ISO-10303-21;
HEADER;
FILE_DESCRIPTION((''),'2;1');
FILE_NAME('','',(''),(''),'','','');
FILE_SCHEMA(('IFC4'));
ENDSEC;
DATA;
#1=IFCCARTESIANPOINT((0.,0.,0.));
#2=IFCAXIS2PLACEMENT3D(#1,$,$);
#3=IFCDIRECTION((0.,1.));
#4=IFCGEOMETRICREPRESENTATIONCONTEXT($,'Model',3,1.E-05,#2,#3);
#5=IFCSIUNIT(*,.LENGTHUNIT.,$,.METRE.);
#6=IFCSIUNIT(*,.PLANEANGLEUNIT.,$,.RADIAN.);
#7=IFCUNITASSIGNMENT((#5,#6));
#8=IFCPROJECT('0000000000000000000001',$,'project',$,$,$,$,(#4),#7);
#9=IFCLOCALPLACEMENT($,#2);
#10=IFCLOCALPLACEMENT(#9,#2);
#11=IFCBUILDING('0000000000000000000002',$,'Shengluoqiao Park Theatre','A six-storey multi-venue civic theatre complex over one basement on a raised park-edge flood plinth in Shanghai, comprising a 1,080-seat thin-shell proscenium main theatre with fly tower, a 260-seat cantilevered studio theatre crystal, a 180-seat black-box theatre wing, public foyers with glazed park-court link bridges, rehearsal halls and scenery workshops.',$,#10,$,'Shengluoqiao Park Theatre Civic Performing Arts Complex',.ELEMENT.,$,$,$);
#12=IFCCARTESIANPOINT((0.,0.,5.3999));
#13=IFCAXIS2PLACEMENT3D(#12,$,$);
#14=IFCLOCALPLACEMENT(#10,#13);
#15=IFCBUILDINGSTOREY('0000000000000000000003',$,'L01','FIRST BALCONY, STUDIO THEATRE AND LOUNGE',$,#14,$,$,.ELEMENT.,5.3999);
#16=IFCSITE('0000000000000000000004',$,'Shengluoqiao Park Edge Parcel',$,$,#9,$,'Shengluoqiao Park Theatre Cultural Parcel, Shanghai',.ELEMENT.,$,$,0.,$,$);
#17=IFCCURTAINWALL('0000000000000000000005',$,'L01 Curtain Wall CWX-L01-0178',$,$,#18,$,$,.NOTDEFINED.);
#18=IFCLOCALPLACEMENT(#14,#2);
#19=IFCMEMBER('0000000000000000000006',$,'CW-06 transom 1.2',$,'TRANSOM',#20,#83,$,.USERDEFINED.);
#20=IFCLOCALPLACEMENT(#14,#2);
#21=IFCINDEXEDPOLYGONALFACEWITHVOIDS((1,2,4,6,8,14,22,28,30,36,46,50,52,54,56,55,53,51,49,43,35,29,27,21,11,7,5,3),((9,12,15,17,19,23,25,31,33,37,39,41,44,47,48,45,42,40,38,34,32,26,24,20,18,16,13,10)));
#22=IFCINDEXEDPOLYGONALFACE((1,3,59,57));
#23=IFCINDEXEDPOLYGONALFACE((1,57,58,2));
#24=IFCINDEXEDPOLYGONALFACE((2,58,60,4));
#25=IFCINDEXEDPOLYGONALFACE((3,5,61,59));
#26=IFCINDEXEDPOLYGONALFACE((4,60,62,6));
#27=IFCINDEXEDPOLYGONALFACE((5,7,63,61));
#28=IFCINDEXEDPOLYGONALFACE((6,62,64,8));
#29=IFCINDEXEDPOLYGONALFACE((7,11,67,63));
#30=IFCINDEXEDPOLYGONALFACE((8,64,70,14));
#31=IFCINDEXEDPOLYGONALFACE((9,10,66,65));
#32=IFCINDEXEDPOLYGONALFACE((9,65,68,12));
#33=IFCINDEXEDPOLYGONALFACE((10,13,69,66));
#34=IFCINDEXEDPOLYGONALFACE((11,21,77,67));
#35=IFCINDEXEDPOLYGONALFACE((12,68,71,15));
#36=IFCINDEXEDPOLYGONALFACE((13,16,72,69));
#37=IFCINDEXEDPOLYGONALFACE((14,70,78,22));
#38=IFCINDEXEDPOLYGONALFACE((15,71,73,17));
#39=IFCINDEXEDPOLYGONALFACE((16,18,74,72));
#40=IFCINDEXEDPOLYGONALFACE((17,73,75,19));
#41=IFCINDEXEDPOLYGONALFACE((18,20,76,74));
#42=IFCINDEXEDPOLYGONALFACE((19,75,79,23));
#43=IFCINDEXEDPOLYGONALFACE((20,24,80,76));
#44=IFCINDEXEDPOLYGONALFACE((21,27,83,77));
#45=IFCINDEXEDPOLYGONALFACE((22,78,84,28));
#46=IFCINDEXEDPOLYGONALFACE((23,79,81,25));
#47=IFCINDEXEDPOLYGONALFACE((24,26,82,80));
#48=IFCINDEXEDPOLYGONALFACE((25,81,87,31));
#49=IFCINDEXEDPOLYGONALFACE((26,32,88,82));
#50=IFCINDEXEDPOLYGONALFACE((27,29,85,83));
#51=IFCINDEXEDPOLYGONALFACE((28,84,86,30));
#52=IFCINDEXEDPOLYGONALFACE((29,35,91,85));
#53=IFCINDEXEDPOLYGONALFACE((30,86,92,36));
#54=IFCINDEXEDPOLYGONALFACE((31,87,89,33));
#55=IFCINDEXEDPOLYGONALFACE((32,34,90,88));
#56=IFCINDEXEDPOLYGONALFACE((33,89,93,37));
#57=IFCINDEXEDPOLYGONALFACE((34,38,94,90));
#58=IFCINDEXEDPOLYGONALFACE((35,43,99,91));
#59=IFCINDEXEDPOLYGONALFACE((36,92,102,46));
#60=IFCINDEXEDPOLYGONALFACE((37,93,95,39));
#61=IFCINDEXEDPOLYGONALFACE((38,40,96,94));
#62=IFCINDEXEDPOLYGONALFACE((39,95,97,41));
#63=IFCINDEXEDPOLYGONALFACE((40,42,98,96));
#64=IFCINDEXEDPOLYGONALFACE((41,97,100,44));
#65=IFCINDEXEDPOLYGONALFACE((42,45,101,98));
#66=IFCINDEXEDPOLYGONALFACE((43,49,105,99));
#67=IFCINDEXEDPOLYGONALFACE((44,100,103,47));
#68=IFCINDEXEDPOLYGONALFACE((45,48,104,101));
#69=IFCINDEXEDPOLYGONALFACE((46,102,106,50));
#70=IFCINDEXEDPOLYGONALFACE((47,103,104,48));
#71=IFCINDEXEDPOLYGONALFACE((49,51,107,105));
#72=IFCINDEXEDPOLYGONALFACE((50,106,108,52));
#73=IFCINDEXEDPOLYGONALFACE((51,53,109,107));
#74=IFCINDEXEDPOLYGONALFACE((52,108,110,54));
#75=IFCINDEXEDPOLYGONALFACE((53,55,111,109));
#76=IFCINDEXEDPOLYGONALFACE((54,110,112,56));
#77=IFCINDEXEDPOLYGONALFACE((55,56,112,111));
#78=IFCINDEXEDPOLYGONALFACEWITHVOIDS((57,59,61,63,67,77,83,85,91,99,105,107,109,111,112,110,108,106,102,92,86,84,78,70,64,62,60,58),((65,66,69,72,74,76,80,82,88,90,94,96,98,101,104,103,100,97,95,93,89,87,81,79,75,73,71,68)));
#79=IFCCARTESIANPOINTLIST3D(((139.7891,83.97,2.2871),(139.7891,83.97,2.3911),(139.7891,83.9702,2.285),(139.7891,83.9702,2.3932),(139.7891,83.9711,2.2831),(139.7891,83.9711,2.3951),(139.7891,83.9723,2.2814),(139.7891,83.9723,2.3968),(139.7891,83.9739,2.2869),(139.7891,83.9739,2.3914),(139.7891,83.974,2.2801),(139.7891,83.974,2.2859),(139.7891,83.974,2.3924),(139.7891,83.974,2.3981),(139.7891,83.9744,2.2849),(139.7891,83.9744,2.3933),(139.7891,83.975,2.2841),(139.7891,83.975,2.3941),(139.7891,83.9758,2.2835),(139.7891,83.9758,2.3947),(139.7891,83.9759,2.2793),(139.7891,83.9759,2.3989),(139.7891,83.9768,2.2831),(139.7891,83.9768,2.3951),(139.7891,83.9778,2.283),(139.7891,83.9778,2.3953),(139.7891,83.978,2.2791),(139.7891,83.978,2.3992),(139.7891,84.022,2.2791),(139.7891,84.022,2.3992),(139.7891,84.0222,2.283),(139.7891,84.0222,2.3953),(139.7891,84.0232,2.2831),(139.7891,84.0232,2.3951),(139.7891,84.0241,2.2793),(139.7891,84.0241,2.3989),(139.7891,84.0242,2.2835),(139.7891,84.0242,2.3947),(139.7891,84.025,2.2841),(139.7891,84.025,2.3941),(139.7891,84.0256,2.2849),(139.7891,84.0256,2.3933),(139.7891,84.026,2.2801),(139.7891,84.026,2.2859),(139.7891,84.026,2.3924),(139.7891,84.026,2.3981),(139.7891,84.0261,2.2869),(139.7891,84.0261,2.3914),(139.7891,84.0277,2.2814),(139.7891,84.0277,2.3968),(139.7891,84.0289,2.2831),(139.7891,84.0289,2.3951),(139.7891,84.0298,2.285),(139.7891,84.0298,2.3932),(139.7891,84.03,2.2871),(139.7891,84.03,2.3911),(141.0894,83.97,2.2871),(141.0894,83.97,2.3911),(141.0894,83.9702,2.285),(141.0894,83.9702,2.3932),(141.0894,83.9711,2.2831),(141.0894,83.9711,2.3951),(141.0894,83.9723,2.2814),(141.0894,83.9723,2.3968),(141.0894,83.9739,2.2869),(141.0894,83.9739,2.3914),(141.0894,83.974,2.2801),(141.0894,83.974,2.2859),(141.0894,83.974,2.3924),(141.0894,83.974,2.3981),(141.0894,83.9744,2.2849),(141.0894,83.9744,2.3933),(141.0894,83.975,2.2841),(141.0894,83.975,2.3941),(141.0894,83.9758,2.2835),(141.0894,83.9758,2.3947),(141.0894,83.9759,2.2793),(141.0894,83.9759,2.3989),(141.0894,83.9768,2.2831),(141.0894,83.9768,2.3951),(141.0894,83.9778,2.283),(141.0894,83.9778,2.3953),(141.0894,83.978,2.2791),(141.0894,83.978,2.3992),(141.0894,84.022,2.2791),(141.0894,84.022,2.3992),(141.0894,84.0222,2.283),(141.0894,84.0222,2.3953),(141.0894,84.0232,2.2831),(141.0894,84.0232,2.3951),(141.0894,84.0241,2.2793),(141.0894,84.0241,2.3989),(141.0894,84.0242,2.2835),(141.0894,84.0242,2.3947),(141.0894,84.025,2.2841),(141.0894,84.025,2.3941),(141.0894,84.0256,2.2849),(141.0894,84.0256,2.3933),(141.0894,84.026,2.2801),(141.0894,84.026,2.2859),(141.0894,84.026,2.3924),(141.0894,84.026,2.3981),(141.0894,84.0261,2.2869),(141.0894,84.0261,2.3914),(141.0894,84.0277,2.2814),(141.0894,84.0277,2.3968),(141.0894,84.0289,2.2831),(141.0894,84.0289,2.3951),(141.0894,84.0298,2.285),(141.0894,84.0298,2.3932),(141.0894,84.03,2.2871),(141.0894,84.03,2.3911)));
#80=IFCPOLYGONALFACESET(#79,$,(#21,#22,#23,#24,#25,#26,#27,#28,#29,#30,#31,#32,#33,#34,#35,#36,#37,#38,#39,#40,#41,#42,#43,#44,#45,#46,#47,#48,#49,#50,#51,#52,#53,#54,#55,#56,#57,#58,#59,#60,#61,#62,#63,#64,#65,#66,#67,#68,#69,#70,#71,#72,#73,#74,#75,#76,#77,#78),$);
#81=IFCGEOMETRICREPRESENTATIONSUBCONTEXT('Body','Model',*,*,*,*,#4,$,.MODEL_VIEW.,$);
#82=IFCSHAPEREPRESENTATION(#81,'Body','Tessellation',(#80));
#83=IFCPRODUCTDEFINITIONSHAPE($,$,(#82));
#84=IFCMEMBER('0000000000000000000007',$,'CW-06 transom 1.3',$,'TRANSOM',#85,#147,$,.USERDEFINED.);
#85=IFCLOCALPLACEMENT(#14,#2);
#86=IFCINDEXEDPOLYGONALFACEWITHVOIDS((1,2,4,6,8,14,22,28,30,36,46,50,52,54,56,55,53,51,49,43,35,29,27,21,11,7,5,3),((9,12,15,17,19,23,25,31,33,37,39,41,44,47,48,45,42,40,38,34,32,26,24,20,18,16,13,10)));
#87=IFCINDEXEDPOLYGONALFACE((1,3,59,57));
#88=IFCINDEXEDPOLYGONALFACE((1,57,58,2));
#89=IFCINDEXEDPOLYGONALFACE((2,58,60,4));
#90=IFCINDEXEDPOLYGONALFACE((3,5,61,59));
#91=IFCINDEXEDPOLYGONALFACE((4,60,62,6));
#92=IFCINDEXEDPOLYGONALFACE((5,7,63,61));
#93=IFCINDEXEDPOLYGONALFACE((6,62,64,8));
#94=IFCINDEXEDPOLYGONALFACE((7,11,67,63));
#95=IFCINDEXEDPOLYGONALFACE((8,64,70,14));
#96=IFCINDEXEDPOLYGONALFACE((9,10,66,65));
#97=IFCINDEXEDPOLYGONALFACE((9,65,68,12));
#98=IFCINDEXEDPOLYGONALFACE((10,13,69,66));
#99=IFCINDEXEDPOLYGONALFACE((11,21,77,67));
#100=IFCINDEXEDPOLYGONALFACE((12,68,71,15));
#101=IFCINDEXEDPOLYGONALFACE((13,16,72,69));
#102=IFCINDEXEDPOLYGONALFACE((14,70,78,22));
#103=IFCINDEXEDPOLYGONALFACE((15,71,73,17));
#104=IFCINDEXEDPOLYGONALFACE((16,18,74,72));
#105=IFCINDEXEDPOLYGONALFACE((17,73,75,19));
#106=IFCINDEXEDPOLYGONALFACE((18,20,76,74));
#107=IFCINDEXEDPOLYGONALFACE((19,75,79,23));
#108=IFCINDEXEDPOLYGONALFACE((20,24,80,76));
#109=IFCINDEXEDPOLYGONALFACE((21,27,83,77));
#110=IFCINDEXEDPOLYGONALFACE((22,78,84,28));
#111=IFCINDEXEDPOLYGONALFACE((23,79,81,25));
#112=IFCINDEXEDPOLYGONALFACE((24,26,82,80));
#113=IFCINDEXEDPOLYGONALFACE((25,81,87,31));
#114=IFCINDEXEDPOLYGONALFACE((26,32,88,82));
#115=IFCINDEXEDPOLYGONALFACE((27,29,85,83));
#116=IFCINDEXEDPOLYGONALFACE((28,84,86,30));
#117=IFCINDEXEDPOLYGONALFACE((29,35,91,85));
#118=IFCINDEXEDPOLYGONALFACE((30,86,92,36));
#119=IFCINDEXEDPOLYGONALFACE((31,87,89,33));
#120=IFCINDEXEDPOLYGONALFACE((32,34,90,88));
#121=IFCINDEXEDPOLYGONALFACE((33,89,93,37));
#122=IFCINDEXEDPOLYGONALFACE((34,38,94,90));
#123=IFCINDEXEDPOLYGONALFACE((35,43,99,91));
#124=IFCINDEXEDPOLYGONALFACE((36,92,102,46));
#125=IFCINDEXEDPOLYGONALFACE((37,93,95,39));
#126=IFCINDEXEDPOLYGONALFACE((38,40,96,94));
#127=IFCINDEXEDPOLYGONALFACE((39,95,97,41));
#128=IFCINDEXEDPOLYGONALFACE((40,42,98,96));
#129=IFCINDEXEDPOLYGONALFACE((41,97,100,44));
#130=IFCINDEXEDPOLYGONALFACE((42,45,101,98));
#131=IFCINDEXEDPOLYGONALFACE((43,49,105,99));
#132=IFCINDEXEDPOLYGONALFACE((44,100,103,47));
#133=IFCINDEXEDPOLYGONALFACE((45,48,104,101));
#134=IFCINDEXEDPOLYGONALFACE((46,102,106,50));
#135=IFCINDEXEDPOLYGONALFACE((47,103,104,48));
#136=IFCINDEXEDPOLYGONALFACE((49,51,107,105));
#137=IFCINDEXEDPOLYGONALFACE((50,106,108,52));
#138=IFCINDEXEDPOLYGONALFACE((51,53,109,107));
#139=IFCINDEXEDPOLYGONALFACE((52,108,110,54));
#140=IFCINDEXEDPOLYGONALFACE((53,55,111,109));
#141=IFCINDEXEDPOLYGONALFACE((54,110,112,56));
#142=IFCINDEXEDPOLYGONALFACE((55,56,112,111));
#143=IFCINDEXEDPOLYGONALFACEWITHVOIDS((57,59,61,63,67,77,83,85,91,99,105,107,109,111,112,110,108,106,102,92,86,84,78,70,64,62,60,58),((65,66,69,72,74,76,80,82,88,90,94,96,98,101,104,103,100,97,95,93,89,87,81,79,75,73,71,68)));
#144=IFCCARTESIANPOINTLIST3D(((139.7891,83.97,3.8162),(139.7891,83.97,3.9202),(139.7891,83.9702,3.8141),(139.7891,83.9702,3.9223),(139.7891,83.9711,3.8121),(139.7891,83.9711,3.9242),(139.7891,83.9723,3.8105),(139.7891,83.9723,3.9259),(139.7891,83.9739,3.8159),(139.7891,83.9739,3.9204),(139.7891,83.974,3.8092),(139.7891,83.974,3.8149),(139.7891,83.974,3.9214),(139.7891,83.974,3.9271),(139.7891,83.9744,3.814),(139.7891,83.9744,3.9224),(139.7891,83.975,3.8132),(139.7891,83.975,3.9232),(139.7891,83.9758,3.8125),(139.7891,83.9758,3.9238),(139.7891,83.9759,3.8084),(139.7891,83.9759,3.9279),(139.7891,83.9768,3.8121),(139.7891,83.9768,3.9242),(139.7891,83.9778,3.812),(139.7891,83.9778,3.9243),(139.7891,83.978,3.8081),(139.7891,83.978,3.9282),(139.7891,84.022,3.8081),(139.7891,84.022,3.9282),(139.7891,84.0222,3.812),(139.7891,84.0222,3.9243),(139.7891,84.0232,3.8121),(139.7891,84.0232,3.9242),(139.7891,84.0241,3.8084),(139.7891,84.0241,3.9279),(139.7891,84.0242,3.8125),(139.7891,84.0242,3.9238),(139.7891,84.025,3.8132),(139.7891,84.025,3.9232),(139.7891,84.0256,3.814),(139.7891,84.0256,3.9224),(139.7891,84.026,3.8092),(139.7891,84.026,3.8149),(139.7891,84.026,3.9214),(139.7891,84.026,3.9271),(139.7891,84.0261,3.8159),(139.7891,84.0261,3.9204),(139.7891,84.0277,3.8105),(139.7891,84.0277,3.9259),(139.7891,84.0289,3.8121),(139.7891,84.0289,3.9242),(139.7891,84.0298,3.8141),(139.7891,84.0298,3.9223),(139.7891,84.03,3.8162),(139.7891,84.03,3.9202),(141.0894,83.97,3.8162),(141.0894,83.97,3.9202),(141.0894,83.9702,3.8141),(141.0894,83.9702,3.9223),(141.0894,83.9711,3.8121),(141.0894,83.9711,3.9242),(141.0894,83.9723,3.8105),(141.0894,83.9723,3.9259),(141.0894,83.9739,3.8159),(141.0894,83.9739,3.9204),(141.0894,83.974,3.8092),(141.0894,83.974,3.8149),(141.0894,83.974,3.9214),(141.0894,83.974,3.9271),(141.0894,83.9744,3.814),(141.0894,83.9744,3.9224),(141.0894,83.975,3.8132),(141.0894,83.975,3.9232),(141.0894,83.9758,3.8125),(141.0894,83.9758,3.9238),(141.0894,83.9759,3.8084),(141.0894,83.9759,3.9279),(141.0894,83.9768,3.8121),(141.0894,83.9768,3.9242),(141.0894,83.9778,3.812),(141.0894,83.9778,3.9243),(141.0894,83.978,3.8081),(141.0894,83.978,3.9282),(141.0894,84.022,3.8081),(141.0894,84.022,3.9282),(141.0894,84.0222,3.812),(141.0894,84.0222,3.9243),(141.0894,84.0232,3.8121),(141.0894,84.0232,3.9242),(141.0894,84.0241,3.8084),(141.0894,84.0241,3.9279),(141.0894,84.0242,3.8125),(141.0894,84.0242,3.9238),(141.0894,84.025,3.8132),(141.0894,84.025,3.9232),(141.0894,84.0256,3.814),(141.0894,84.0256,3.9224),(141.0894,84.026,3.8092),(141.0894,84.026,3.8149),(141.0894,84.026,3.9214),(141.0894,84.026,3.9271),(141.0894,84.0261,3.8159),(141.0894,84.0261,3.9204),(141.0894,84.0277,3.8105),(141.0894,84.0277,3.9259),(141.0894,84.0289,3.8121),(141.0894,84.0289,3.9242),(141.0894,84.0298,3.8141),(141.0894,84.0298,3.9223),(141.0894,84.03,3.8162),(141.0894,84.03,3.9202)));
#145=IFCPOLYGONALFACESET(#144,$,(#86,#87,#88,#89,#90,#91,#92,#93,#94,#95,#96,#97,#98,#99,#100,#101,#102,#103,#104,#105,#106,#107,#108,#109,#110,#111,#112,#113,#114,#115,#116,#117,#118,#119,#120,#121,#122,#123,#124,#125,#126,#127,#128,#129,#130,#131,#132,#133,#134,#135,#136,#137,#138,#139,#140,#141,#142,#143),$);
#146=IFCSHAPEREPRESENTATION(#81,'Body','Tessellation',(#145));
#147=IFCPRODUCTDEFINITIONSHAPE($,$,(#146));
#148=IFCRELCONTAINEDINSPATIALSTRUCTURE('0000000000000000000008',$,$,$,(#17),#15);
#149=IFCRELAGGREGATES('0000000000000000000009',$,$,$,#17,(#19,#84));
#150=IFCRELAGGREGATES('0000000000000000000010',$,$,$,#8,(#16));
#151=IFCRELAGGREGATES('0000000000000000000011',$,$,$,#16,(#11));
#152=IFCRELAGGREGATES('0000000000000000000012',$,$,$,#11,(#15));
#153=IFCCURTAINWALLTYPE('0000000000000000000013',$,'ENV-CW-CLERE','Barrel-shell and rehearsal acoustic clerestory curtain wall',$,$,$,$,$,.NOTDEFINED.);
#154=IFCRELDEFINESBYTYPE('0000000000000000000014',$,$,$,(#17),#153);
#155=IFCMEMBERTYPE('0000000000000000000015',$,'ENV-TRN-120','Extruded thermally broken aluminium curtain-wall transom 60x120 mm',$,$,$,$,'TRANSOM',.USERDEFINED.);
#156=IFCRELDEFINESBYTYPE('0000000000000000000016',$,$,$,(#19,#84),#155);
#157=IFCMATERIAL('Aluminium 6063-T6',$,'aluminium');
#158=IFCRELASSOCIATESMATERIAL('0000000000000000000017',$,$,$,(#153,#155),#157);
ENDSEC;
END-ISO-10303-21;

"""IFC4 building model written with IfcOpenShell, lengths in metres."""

from ifc_helpers import new_model, si_unit, direction, frame, origin, origin_2d, place, context, subcontext, project, spatial, hollow_rectangle, extrude, material, material_profile, profile_set, type_object, element, aggregate, save


model = new_model("IFC4")

# Units and contexts
model_context = context("Model", 3, precision=1e-05, world=origin(), true_north=direction((0.0, 1.0)))
body_context = subcontext(model_context, "Body", "Model", "MODEL_VIEW")
ifc_project = project(units=[si_unit("LENGTHUNIT", "METRE"), si_unit("PLANEANGLEUNIT", "RADIAN")], contexts=[model_context])

# Site, building, storey
site_placement = place(None, origin())
site = spatial("IfcSite", under=ifc_project, at=site_placement, Name="Shengluoqiao Park Edge Parcel", LongName="Shengluoqiao Park Theatre Cultural Parcel, Shanghai", CompositionType="ELEMENT", RefElevation=0.0)
building_placement = place(site_placement, origin())
building = spatial("IfcBuilding", under=site, at=building_placement, Name="Shengluoqiao Park Theatre", Description="A six-storey multi-venue civic theatre complex over one basement on a raised park-edge flood plinth in Shanghai, comprising a 1,080-seat thin-shell proscenium main theatre with fly tower, a 260-seat cantilevered studio theatre crystal, a 180-seat black-box theatre wing, public foyers with glazed park-court link bridges, rehearsal halls and scenery workshops.", LongName="Shengluoqiao Park Theatre Civic Performing Arts Complex", CompositionType="ELEMENT")
storey_placement = place(building_placement, frame((0.0, 0.0, 5.3999)))
storey = spatial("IfcBuildingStorey", under=building, at=storey_placement, Name="L01", Description="FIRST BALCONY, STUDIO THEATRE AND LOUNGE", CompositionType="ELEMENT", Elevation=5.3999)

# Curtain wall, members
ifc_material_1 = material(Name="Aluminium 6063-T6", Category="aluminium")
curtain_wall_type = type_object("IfcCurtainWallType", Name="ENV-CW-CLERE", Description="Barrel-shell and rehearsal acoustic clerestory curtain wall", PredefinedType="NOTDEFINED", material=ifc_material_1)
curtain_wall_placement = place(storey_placement, origin())
curtain_wall = element("IfcCurtainWall", 1, at=curtain_wall_placement, inside=storey, type_object=curtain_wall_type, Name="L01 Curtain Wall CWX-L01-0178", PredefinedType="NOTDEFINED")
ifc_material_profile_1 = material_profile(ifc_material_1, hollow_rectangle(XDim=0.0601, YDim=0.1201, WallThickness=0.0039, InnerFilletRadius=0.0039, OuterFilletRadius=0.0081, at=origin_2d()), Name="ALU TRANSOM 120x60x4")
ifc_profile_set_1 = profile_set([ifc_material_profile_1], Name="Aluminium 6063-T6")
member_type_1 = type_object("IfcMemberType", Name="ENV-TRN-120", Description="Extruded thermally broken aluminium curtain-wall transom 60x120 mm", ElementType="TRANSOM", PredefinedType="USERDEFINED", material=ifc_profile_set_1)
member_1_placement = place(storey_placement, frame((139.7891, 84.0, 2.3391), z_axis=(1.0, 0.0, 0.0), x_axis=(0.0, 1.0, 0.0)))
member_1 = element("IfcMember", 2, at=member_1_placement, type_object=member_type_1, Name="CW-06 transom 1.2", ObjectType="TRANSOM", PredefinedType="USERDEFINED", context=body_context, shape_type="SweptSolid", body=[
    extrude(hollow_rectangle(XDim=0.0601, YDim=0.1201, WallThickness=0.0039, InnerFilletRadius=0.0039, OuterFilletRadius=0.0081, at=origin_2d()), origin(), (0.0, 0.0, 1.0), 1.3003),
])
member_2_placement = place(storey_placement, frame((139.7891, 84.0, 3.8682), z_axis=(1.0, 0.0, 0.0), x_axis=(0.0, 1.0, 0.0)))
member_2 = element("IfcMember", 3, at=member_2_placement, type_object=member_type_1, Name="CW-06 transom 1.3", ObjectType="TRANSOM", PredefinedType="USERDEFINED", context=body_context, shape_type="SweptSolid", body=[
    extrude(hollow_rectangle(XDim=0.0601, YDim=0.1201, WallThickness=0.0039, InnerFilletRadius=0.0039, OuterFilletRadius=0.0081, at=origin_2d()), origin(), (0.0, 0.0, 1.0), 1.3003),
])

aggregate(curtain_wall, [member_1, member_2])

save(model, "model.ifc")
